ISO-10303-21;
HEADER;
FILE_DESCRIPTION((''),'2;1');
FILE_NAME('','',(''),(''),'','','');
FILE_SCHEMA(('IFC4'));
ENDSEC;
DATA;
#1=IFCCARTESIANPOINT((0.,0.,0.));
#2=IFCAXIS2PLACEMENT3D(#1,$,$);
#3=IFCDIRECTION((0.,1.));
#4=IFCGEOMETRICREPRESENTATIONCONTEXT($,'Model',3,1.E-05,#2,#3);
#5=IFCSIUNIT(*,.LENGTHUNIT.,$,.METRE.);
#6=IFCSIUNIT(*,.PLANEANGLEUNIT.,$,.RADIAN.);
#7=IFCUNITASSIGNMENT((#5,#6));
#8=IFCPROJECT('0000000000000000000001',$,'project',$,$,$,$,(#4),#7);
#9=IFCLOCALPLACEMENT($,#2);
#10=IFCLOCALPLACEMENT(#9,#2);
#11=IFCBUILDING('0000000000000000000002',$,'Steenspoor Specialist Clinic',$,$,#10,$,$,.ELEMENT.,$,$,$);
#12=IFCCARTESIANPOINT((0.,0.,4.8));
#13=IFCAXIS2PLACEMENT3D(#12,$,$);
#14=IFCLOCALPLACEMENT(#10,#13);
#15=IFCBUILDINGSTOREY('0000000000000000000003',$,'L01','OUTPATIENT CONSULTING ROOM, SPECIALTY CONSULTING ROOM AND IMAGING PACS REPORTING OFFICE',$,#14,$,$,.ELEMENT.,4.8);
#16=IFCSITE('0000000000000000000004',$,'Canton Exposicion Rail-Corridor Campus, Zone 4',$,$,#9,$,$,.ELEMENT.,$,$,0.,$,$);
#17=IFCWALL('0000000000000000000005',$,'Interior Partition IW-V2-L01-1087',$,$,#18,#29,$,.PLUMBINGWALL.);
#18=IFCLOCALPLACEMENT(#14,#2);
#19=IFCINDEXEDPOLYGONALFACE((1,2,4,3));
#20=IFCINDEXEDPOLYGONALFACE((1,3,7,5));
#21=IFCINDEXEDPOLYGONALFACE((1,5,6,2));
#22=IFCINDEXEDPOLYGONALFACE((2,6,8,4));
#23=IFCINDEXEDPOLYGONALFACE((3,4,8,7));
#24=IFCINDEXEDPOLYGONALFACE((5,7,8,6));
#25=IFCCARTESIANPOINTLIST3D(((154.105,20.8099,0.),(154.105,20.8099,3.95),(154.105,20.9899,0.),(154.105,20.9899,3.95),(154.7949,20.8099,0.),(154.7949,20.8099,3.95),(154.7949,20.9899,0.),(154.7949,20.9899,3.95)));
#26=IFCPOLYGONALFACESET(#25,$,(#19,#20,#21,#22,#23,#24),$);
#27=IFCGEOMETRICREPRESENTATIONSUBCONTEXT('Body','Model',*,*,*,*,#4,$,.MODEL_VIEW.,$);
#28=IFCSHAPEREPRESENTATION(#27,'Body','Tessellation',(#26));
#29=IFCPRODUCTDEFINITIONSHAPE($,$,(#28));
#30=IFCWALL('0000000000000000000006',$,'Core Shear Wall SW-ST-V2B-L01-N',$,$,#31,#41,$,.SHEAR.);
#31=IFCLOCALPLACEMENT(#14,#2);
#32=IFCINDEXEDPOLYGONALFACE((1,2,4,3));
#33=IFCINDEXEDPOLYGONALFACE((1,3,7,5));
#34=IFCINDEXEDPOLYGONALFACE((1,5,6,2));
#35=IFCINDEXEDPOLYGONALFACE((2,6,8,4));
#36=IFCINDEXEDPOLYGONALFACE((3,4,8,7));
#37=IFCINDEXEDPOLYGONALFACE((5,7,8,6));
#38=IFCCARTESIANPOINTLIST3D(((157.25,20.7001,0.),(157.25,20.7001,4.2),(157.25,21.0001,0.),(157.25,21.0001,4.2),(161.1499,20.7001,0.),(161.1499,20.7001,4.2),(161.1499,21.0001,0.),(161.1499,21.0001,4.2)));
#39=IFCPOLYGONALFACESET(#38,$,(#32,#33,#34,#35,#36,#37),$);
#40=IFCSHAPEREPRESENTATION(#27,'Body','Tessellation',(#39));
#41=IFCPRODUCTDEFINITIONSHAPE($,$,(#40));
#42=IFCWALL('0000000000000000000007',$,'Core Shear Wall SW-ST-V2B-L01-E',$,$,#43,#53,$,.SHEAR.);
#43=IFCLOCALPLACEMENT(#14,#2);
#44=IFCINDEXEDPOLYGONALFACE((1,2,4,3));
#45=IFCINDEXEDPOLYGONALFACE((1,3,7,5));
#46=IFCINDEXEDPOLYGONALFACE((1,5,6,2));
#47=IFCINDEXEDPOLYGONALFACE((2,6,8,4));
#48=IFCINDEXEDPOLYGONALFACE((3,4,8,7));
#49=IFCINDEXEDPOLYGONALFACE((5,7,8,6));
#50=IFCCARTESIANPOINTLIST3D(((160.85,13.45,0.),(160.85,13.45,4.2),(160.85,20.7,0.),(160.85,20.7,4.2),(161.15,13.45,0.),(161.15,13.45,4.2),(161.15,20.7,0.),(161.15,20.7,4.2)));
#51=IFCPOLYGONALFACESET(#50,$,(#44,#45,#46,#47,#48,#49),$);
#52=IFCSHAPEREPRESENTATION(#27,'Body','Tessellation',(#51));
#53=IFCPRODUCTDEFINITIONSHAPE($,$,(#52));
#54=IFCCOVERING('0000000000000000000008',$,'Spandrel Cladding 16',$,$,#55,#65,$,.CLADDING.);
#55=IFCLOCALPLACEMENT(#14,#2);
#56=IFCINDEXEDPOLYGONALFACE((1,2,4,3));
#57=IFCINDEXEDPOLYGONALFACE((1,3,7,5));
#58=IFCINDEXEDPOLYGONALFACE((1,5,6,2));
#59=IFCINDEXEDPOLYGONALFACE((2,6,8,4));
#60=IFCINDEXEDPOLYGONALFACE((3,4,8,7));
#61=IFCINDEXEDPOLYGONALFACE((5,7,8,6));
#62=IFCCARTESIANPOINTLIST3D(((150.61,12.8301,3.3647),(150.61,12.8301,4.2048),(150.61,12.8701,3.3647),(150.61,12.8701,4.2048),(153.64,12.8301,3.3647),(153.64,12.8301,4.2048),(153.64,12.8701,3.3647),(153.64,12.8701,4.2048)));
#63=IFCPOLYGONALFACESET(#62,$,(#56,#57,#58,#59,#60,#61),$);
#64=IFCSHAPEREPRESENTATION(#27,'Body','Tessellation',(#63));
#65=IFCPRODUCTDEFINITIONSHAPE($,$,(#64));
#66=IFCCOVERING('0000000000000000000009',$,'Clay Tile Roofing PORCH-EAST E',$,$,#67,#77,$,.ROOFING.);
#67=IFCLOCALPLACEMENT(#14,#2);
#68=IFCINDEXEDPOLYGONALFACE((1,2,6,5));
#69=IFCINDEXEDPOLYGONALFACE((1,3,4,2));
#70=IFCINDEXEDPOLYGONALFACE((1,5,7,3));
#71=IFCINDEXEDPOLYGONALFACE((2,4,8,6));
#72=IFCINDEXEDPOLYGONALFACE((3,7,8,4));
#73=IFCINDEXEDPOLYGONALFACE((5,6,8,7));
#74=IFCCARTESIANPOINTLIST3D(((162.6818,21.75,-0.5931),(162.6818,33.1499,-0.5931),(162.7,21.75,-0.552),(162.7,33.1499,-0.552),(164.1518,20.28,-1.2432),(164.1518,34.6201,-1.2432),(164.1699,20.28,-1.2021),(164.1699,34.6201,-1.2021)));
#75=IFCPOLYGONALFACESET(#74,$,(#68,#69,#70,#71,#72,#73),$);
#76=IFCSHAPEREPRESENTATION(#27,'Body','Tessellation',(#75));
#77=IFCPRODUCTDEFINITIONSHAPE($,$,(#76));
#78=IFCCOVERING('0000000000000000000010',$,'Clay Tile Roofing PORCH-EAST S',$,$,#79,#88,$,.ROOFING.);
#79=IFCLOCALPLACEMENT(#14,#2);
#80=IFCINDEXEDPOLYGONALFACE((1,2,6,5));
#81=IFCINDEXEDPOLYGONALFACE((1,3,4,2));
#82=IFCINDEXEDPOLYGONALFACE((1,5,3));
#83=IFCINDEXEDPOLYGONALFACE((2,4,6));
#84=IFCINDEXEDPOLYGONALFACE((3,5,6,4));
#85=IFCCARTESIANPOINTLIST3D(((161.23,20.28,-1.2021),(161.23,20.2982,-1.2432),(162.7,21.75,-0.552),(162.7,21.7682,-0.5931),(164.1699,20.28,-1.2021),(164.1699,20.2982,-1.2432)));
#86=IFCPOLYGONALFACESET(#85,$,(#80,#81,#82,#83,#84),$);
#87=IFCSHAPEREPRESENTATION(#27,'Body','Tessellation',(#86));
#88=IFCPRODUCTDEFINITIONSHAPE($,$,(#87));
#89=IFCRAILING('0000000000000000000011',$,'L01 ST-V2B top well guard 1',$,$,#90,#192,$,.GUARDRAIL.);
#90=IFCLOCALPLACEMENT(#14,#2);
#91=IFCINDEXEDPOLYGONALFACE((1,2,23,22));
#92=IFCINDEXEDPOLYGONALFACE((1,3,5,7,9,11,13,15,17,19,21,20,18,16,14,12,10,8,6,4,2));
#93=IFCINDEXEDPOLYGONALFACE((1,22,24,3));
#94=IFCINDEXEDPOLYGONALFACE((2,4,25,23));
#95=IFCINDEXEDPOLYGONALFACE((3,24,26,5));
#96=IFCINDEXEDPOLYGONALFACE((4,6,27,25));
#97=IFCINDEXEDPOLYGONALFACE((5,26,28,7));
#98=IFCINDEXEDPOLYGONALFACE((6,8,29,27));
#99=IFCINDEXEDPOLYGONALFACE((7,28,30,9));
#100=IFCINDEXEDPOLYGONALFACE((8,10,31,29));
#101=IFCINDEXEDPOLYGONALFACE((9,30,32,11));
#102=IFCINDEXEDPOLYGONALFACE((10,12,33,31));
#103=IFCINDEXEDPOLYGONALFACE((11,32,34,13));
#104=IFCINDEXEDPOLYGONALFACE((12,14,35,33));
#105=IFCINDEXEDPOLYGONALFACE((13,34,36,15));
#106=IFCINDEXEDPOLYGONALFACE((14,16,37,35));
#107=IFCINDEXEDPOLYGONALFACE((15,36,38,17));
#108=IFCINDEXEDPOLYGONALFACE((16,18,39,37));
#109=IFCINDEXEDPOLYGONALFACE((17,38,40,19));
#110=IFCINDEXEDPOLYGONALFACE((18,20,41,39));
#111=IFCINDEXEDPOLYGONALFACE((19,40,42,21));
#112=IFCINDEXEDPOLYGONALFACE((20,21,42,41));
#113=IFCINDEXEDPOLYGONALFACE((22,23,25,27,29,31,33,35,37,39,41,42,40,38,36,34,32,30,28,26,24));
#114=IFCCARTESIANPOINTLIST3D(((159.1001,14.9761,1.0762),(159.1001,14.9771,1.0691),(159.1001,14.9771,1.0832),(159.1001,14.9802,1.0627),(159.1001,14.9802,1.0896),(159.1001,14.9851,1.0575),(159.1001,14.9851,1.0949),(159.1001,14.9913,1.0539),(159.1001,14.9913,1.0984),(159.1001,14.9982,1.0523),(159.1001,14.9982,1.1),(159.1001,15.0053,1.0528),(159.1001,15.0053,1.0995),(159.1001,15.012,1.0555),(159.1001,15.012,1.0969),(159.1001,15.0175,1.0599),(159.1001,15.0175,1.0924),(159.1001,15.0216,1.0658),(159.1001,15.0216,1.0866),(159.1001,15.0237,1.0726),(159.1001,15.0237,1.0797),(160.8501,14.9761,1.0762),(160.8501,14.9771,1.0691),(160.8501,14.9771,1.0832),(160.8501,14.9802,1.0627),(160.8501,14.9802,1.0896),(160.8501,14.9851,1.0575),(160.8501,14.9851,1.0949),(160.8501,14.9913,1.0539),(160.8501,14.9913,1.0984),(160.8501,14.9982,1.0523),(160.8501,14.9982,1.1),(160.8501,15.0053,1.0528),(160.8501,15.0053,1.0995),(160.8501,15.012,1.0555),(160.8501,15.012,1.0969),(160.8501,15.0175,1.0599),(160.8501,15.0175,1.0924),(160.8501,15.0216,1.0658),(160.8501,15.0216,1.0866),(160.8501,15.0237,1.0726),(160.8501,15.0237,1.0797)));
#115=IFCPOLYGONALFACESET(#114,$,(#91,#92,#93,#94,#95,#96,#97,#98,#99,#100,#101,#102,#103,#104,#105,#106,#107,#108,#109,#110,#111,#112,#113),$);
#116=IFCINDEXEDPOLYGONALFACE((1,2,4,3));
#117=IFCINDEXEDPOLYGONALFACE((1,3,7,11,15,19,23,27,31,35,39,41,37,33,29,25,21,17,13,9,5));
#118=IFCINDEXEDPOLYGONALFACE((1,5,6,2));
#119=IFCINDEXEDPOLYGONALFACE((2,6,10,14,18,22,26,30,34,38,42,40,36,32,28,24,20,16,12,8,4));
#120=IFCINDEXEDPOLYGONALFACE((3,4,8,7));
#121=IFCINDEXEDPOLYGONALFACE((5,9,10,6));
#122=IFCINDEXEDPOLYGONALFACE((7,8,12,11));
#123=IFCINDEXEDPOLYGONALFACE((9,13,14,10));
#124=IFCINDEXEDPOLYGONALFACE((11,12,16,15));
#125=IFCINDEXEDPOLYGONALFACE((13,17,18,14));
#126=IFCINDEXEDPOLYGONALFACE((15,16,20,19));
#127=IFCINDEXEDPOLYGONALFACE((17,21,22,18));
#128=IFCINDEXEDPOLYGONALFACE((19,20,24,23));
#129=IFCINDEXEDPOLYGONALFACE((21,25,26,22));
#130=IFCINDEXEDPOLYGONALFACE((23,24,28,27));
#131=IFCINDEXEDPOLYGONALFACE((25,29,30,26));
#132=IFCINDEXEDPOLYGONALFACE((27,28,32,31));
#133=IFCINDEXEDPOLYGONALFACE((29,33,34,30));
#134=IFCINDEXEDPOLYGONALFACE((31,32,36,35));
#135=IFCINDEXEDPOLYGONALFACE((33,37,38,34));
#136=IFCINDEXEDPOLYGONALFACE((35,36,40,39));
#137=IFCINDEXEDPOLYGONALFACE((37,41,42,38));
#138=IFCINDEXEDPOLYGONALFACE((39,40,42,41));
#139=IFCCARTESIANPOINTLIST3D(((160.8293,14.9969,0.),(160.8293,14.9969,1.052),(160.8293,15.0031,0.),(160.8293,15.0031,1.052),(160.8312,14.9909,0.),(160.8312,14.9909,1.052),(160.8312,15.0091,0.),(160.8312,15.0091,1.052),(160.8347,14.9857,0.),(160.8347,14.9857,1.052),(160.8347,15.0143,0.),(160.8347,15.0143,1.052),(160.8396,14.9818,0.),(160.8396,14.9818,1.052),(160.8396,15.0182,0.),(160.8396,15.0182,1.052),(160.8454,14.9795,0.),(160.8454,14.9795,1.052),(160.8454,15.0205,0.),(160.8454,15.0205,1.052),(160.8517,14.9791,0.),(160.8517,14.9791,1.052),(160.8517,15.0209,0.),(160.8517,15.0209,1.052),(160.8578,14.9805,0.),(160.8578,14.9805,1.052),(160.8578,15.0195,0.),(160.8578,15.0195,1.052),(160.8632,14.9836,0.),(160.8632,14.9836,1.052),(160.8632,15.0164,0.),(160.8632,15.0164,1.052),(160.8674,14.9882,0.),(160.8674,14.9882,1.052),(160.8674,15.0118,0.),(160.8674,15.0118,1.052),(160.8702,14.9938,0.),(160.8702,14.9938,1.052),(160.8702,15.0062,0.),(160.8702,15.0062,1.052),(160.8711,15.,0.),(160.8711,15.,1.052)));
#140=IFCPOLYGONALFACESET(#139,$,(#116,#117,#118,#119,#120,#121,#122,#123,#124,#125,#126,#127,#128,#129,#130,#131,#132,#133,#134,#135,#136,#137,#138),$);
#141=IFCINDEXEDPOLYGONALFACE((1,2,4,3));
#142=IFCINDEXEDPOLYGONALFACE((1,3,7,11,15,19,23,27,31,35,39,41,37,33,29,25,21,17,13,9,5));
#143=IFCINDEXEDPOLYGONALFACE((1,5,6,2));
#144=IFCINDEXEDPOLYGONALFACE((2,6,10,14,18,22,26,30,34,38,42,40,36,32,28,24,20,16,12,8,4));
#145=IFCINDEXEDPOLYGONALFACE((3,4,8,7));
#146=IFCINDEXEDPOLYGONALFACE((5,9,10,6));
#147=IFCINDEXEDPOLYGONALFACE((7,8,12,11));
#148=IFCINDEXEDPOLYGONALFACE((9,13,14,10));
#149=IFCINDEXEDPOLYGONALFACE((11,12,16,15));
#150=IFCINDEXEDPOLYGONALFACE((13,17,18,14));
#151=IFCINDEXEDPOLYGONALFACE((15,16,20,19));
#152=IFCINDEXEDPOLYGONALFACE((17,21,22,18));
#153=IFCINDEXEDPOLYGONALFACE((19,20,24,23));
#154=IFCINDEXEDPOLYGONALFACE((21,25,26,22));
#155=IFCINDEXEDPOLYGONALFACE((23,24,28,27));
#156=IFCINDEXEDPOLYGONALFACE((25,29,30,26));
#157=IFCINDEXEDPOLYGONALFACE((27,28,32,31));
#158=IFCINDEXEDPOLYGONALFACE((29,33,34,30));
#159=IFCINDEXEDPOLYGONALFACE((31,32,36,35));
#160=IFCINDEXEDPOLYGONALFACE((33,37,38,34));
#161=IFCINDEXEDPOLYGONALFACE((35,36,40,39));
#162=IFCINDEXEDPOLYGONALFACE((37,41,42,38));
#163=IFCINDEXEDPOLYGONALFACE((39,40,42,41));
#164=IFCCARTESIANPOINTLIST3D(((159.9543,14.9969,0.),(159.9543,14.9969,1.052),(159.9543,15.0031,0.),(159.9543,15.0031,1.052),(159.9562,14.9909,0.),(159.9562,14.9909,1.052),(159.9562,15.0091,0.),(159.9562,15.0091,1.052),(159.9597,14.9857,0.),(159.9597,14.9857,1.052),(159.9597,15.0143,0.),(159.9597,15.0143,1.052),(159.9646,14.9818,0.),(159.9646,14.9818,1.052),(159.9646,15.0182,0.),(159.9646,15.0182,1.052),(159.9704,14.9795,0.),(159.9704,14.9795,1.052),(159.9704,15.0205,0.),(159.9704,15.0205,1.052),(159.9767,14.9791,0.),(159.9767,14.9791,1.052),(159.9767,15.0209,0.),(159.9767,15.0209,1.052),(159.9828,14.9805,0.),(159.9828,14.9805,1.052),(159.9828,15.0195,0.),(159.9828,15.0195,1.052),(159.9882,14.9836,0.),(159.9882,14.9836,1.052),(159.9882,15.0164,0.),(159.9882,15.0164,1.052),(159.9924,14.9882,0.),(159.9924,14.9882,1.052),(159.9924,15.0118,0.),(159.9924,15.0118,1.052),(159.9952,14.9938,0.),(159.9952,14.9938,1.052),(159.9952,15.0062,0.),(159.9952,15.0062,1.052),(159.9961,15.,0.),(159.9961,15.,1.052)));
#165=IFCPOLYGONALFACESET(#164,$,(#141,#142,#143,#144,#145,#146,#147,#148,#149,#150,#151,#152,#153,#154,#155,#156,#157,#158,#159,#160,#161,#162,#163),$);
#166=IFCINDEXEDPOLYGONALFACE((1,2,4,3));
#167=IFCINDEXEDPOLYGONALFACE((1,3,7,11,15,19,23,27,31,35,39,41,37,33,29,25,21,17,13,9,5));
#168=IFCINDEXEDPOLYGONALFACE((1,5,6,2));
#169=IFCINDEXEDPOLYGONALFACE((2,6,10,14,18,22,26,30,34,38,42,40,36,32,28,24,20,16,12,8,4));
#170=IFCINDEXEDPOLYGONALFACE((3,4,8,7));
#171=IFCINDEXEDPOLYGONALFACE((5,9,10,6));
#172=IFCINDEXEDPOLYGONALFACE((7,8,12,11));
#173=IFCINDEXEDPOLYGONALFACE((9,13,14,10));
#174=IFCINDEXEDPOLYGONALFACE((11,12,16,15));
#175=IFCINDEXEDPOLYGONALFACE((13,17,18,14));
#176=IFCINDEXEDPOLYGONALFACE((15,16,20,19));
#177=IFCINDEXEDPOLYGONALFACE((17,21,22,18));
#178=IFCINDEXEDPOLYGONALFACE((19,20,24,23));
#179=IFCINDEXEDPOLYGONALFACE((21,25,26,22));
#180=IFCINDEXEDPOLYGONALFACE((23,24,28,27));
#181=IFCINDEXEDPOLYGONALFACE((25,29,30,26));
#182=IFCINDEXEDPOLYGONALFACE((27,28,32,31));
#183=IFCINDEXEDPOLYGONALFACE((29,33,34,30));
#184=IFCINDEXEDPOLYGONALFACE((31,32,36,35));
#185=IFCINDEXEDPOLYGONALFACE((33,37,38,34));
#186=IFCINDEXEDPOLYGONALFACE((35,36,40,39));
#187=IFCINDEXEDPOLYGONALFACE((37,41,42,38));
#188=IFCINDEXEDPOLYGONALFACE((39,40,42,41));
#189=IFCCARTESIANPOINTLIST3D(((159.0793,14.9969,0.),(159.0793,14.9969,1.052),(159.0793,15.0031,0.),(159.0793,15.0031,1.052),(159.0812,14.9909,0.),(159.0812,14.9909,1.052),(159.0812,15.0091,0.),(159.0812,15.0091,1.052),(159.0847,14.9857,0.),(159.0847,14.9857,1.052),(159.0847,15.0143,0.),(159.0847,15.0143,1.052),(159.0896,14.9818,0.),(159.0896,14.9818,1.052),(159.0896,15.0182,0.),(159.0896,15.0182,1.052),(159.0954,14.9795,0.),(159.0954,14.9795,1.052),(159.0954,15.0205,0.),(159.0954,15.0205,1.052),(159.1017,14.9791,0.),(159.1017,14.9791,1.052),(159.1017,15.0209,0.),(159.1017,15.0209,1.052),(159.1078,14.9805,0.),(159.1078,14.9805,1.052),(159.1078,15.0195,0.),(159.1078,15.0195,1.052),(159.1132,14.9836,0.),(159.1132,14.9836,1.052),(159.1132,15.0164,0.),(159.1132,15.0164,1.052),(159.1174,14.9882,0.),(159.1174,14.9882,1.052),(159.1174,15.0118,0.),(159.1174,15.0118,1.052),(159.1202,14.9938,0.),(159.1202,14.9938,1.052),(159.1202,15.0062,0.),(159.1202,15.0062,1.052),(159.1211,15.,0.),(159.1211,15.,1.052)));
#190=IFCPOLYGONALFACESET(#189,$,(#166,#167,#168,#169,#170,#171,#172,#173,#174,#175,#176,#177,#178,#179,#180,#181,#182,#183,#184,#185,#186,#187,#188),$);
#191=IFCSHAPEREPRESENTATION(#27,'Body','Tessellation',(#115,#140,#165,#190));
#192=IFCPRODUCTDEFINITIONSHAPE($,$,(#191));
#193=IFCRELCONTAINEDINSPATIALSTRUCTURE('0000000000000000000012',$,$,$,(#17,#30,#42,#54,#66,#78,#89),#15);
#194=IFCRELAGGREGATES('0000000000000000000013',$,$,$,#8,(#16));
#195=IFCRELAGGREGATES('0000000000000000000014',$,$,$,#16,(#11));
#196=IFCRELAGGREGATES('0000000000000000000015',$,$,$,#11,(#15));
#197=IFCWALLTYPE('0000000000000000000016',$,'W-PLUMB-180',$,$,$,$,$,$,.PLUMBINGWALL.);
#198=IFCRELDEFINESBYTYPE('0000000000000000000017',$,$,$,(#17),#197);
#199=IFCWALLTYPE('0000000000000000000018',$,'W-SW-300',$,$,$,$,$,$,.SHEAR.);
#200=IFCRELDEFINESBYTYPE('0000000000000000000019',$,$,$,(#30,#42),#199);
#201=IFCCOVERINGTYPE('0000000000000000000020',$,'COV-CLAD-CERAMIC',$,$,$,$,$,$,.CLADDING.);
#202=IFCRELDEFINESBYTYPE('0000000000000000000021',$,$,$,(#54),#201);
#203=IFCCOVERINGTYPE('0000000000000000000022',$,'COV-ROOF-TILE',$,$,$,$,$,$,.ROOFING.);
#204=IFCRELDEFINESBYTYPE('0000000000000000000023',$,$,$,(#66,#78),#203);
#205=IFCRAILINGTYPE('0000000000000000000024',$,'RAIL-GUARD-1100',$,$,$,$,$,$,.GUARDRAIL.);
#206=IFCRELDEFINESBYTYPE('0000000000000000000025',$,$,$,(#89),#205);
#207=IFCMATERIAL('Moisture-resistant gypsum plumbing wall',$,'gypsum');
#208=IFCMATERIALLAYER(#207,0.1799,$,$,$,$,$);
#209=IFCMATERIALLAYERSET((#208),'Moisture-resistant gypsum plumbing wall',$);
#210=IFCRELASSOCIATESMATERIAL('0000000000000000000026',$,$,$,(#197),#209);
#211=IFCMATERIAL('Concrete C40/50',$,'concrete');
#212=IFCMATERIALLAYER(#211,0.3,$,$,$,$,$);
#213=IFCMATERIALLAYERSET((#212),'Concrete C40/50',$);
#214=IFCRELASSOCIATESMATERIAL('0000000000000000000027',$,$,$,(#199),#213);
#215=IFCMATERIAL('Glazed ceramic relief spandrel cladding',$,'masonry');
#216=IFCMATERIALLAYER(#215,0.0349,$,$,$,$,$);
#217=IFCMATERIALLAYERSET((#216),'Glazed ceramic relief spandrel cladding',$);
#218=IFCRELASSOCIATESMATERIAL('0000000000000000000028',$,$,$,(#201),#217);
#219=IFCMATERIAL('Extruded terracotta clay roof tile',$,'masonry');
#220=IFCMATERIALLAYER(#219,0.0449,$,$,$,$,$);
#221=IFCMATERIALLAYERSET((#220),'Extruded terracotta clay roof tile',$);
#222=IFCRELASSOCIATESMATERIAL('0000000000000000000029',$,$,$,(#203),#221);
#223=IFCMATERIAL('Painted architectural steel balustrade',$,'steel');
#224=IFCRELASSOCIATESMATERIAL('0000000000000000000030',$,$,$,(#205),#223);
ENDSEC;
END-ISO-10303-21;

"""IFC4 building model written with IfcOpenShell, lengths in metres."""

from ifc_helpers import new_model, si_unit, direction, frame, frame_2d, origin, origin_2d, place, context, subcontext, project, spatial, polyline, rectangle, circle, outline, extrude, material, layer, layer_set, type_object, element, save


model = new_model("IFC4")

# Units and contexts
model_context = context("Model", 3, precision=1e-05, world=origin(), true_north=direction((0.0, 1.0)))
body_context = subcontext(model_context, "Body", "Model", "MODEL_VIEW")
ifc_project = project(units=[si_unit("LENGTHUNIT", "METRE"), si_unit("PLANEANGLEUNIT", "RADIAN")], contexts=[model_context])

# Site, building, storey
site_placement = place(None, origin())
site = spatial("IfcSite", under=ifc_project, at=site_placement, Name="Canton Exposicion Rail-Corridor Campus, Zone 4", CompositionType="ELEMENT", RefElevation=0.0)
building_placement = place(site_placement, origin())
building = spatial("IfcBuilding", under=site, at=building_placement, Name="Steenspoor Specialist Clinic", CompositionType="ELEMENT")
storey_placement = place(building_placement, frame((0.0, 0.0, 4.8)))
storey = spatial("IfcBuildingStorey", under=building, at=storey_placement, Name="L01", Description="OUTPATIENT CONSULTING ROOM, SPECIALTY CONSULTING ROOM AND IMAGING PACS REPORTING OFFICE", CompositionType="ELEMENT", Elevation=4.8)

# Shared definitions
ifc_material_1 = material(Name="Concrete C40/50", Category="concrete")

# Shared definitions
ifc_material_2 = material(Name="Extruded terracotta clay roof tile", Category="masonry")

# Shared definitions
ifc_material_3 = material(Name="Moisture-resistant gypsum plumbing wall", Category="gypsum")
ifc_layer_1 = layer(ifc_material_3, 0.1799)
ifc_layer_set_1 = layer_set([ifc_layer_1], Name="Moisture-resistant gypsum plumbing wall")
wall_type_1 = type_object("IfcWallType", Name="W-PLUMB-180", PredefinedType="PLUMBINGWALL", material=ifc_layer_set_1)

# Walls
wall_1_placement = place(storey_placement, frame((154.105, 20.8999, 0.0), z_axis=(0.0, 0.0, 1.0), x_axis=(1.0, 0.0, 0.0)))
element("IfcWall", 1, at=wall_1_placement, inside=storey, type_object=wall_type_1, Name="Interior Partition IW-V2-L01-1087", PredefinedType="PLUMBINGWALL", context=body_context, shape_type="SweptSolid", body=[
    extrude(rectangle(XDim=0.6899, YDim=0.1799, at=frame_2d((0.345, 0.0))), origin(), (0.0, 0.0, 1.0), 3.95),
])
ifc_layer_2 = layer(ifc_material_1, 0.3)
ifc_layer_set_2 = layer_set([ifc_layer_2], Name="Concrete C40/50")
wall_type_2 = type_object("IfcWallType", Name="W-SW-300", PredefinedType="SHEAR", material=ifc_layer_set_2)
wall_2_placement = place(storey_placement, frame((157.25, 20.8501, 0.0), z_axis=(0.0, 0.0, 1.0), x_axis=(1.0, 0.0, 0.0)))
element("IfcWall", 2, at=wall_2_placement, inside=storey, type_object=wall_type_2, Name="Core Shear Wall SW-ST-V2B-L01-N", PredefinedType="SHEAR", context=body_context, shape_type="SweptSolid", body=[
    extrude(rectangle(XDim=3.8999, YDim=0.3, at=frame_2d((1.95, 0.0))), origin(), (0.0, 0.0, 1.0), 4.2),
])

# Wall
wall_3_placement = place(storey_placement, frame((161.0, 13.45, 0.0), z_axis=(0.0, 0.0, 1.0), x_axis=(0.0, 1.0, 0.0)))
element("IfcWall", 3, at=wall_3_placement, inside=storey, type_object=wall_type_2, Name="Core Shear Wall SW-ST-V2B-L01-E", PredefinedType="SHEAR", context=body_context, shape_type="SweptSolid", body=[
    extrude(rectangle(XDim=7.25, YDim=0.3, at=frame_2d((3.625, 0.0))), origin(), (0.0, 0.0, 1.0), 4.2),
])

# Coverings
ifc_material_4 = material(Name="Glazed ceramic relief spandrel cladding", Category="masonry")
ifc_layer_3 = layer(ifc_material_4, 0.0349)
ifc_layer_set_3 = layer_set([ifc_layer_3], Name="Glazed ceramic relief spandrel cladding")
covering_type_1 = type_object("IfcCoveringType", Name="COV-CLAD-CERAMIC", PredefinedType="CLADDING", material=ifc_layer_set_3)
covering_1_placement = place(storey_placement, frame((152.125, 12.8501, 3.3647), z_axis=(0.0, 0.0, 1.0), x_axis=(-1.0, 0.0, 0.0)))
element("IfcCovering", 4, at=covering_1_placement, inside=storey, type_object=covering_type_1, Name="Spandrel Cladding 16", PredefinedType="CLADDING", context=body_context, shape_type="SweptSolid", body=[
    extrude(rectangle(XDim=3.03, YDim=0.04, at=origin_2d()), origin(), (0.0, 0.0, 1.0), 0.8401),
])
ifc_layer_4 = layer(ifc_material_2, 0.0449)
ifc_layer_set_4 = layer_set([ifc_layer_4], Name="Extruded terracotta clay roof tile")
covering_type_2 = type_object("IfcCoveringType", Name="COV-ROOF-TILE", PredefinedType="ROOFING", material=ifc_layer_set_4)
covering_2_placement = place(storey_placement, frame((164.1699, 20.28, -1.2021), z_axis=(0.404489, 0.0, 0.914543), x_axis=(0.0, 1.0, 0.0)))
element("IfcCovering", 5, at=covering_2_placement, inside=storey, type_object=covering_type_2, Name="Clay Tile Roofing PORCH-EAST E", PredefinedType="ROOFING", context=body_context, shape_type="SweptSolid", body=[
    extrude(outline(polyline([(0.0, 0.0), (14.3401, 0.0), (12.8699, 1.6073), (1.47, 1.6073), (0.0, 0.0)])), origin(), (0.0, 0.0, -1.0), 0.0449),
])
covering_3_placement = place(storey_placement, frame((161.23, 20.28, -1.2021), z_axis=(0.0, -0.404489, 0.914543), x_axis=(1.0, 0.0, 0.0)))
element("IfcCovering", 6, at=covering_3_placement, inside=storey, type_object=covering_type_2, Name="Clay Tile Roofing PORCH-EAST S", PredefinedType="ROOFING", context=body_context, shape_type="SweptSolid", body=[
    extrude(outline(polyline([(0.0, 0.0), (2.9399, 0.0), (1.47, 1.6073), (0.0, 0.0)])), origin(), (0.0, 0.0, -1.0), 0.0449),
])

# Railing
ifc_material_5 = material(Name="Painted architectural steel balustrade", Category="steel")
railing_type = type_object("IfcRailingType", Name="RAIL-GUARD-1100", PredefinedType="GUARDRAIL", material=ifc_material_5)
railing_placement = place(storey_placement, frame((160.8501, 15.0, 0.0)))
element("IfcRailing", 7, at=railing_placement, inside=storey, type_object=railing_type, Name="L01 ST-V2B top well guard 1", PredefinedType="GUARDRAIL", context=body_context, shape_type="SweptSolid", body=[
    extrude(circle(Radius=0.0239, at=origin_2d()), frame((0.0, 0.0, 1.0762), z_axis=(-1.0, 0.0, 0.0), x_axis=(0.0, -1.0, 0.0)), (0.0, 0.0, 1.0), 1.75),
    extrude(circle(Radius=0.021, at=origin_2d()), origin(), (0.0, 0.0, 1.0), 1.052),
    extrude(circle(Radius=0.021, at=origin_2d()), frame((-0.875, 0.0, 0.0)), (0.0, 0.0, 1.0), 1.052),
    extrude(circle(Radius=0.021, at=origin_2d()), frame((-1.75, 0.0, 0.0)), (0.0, 0.0, 1.0), 1.052),
])

save(model, "model.ifc")
